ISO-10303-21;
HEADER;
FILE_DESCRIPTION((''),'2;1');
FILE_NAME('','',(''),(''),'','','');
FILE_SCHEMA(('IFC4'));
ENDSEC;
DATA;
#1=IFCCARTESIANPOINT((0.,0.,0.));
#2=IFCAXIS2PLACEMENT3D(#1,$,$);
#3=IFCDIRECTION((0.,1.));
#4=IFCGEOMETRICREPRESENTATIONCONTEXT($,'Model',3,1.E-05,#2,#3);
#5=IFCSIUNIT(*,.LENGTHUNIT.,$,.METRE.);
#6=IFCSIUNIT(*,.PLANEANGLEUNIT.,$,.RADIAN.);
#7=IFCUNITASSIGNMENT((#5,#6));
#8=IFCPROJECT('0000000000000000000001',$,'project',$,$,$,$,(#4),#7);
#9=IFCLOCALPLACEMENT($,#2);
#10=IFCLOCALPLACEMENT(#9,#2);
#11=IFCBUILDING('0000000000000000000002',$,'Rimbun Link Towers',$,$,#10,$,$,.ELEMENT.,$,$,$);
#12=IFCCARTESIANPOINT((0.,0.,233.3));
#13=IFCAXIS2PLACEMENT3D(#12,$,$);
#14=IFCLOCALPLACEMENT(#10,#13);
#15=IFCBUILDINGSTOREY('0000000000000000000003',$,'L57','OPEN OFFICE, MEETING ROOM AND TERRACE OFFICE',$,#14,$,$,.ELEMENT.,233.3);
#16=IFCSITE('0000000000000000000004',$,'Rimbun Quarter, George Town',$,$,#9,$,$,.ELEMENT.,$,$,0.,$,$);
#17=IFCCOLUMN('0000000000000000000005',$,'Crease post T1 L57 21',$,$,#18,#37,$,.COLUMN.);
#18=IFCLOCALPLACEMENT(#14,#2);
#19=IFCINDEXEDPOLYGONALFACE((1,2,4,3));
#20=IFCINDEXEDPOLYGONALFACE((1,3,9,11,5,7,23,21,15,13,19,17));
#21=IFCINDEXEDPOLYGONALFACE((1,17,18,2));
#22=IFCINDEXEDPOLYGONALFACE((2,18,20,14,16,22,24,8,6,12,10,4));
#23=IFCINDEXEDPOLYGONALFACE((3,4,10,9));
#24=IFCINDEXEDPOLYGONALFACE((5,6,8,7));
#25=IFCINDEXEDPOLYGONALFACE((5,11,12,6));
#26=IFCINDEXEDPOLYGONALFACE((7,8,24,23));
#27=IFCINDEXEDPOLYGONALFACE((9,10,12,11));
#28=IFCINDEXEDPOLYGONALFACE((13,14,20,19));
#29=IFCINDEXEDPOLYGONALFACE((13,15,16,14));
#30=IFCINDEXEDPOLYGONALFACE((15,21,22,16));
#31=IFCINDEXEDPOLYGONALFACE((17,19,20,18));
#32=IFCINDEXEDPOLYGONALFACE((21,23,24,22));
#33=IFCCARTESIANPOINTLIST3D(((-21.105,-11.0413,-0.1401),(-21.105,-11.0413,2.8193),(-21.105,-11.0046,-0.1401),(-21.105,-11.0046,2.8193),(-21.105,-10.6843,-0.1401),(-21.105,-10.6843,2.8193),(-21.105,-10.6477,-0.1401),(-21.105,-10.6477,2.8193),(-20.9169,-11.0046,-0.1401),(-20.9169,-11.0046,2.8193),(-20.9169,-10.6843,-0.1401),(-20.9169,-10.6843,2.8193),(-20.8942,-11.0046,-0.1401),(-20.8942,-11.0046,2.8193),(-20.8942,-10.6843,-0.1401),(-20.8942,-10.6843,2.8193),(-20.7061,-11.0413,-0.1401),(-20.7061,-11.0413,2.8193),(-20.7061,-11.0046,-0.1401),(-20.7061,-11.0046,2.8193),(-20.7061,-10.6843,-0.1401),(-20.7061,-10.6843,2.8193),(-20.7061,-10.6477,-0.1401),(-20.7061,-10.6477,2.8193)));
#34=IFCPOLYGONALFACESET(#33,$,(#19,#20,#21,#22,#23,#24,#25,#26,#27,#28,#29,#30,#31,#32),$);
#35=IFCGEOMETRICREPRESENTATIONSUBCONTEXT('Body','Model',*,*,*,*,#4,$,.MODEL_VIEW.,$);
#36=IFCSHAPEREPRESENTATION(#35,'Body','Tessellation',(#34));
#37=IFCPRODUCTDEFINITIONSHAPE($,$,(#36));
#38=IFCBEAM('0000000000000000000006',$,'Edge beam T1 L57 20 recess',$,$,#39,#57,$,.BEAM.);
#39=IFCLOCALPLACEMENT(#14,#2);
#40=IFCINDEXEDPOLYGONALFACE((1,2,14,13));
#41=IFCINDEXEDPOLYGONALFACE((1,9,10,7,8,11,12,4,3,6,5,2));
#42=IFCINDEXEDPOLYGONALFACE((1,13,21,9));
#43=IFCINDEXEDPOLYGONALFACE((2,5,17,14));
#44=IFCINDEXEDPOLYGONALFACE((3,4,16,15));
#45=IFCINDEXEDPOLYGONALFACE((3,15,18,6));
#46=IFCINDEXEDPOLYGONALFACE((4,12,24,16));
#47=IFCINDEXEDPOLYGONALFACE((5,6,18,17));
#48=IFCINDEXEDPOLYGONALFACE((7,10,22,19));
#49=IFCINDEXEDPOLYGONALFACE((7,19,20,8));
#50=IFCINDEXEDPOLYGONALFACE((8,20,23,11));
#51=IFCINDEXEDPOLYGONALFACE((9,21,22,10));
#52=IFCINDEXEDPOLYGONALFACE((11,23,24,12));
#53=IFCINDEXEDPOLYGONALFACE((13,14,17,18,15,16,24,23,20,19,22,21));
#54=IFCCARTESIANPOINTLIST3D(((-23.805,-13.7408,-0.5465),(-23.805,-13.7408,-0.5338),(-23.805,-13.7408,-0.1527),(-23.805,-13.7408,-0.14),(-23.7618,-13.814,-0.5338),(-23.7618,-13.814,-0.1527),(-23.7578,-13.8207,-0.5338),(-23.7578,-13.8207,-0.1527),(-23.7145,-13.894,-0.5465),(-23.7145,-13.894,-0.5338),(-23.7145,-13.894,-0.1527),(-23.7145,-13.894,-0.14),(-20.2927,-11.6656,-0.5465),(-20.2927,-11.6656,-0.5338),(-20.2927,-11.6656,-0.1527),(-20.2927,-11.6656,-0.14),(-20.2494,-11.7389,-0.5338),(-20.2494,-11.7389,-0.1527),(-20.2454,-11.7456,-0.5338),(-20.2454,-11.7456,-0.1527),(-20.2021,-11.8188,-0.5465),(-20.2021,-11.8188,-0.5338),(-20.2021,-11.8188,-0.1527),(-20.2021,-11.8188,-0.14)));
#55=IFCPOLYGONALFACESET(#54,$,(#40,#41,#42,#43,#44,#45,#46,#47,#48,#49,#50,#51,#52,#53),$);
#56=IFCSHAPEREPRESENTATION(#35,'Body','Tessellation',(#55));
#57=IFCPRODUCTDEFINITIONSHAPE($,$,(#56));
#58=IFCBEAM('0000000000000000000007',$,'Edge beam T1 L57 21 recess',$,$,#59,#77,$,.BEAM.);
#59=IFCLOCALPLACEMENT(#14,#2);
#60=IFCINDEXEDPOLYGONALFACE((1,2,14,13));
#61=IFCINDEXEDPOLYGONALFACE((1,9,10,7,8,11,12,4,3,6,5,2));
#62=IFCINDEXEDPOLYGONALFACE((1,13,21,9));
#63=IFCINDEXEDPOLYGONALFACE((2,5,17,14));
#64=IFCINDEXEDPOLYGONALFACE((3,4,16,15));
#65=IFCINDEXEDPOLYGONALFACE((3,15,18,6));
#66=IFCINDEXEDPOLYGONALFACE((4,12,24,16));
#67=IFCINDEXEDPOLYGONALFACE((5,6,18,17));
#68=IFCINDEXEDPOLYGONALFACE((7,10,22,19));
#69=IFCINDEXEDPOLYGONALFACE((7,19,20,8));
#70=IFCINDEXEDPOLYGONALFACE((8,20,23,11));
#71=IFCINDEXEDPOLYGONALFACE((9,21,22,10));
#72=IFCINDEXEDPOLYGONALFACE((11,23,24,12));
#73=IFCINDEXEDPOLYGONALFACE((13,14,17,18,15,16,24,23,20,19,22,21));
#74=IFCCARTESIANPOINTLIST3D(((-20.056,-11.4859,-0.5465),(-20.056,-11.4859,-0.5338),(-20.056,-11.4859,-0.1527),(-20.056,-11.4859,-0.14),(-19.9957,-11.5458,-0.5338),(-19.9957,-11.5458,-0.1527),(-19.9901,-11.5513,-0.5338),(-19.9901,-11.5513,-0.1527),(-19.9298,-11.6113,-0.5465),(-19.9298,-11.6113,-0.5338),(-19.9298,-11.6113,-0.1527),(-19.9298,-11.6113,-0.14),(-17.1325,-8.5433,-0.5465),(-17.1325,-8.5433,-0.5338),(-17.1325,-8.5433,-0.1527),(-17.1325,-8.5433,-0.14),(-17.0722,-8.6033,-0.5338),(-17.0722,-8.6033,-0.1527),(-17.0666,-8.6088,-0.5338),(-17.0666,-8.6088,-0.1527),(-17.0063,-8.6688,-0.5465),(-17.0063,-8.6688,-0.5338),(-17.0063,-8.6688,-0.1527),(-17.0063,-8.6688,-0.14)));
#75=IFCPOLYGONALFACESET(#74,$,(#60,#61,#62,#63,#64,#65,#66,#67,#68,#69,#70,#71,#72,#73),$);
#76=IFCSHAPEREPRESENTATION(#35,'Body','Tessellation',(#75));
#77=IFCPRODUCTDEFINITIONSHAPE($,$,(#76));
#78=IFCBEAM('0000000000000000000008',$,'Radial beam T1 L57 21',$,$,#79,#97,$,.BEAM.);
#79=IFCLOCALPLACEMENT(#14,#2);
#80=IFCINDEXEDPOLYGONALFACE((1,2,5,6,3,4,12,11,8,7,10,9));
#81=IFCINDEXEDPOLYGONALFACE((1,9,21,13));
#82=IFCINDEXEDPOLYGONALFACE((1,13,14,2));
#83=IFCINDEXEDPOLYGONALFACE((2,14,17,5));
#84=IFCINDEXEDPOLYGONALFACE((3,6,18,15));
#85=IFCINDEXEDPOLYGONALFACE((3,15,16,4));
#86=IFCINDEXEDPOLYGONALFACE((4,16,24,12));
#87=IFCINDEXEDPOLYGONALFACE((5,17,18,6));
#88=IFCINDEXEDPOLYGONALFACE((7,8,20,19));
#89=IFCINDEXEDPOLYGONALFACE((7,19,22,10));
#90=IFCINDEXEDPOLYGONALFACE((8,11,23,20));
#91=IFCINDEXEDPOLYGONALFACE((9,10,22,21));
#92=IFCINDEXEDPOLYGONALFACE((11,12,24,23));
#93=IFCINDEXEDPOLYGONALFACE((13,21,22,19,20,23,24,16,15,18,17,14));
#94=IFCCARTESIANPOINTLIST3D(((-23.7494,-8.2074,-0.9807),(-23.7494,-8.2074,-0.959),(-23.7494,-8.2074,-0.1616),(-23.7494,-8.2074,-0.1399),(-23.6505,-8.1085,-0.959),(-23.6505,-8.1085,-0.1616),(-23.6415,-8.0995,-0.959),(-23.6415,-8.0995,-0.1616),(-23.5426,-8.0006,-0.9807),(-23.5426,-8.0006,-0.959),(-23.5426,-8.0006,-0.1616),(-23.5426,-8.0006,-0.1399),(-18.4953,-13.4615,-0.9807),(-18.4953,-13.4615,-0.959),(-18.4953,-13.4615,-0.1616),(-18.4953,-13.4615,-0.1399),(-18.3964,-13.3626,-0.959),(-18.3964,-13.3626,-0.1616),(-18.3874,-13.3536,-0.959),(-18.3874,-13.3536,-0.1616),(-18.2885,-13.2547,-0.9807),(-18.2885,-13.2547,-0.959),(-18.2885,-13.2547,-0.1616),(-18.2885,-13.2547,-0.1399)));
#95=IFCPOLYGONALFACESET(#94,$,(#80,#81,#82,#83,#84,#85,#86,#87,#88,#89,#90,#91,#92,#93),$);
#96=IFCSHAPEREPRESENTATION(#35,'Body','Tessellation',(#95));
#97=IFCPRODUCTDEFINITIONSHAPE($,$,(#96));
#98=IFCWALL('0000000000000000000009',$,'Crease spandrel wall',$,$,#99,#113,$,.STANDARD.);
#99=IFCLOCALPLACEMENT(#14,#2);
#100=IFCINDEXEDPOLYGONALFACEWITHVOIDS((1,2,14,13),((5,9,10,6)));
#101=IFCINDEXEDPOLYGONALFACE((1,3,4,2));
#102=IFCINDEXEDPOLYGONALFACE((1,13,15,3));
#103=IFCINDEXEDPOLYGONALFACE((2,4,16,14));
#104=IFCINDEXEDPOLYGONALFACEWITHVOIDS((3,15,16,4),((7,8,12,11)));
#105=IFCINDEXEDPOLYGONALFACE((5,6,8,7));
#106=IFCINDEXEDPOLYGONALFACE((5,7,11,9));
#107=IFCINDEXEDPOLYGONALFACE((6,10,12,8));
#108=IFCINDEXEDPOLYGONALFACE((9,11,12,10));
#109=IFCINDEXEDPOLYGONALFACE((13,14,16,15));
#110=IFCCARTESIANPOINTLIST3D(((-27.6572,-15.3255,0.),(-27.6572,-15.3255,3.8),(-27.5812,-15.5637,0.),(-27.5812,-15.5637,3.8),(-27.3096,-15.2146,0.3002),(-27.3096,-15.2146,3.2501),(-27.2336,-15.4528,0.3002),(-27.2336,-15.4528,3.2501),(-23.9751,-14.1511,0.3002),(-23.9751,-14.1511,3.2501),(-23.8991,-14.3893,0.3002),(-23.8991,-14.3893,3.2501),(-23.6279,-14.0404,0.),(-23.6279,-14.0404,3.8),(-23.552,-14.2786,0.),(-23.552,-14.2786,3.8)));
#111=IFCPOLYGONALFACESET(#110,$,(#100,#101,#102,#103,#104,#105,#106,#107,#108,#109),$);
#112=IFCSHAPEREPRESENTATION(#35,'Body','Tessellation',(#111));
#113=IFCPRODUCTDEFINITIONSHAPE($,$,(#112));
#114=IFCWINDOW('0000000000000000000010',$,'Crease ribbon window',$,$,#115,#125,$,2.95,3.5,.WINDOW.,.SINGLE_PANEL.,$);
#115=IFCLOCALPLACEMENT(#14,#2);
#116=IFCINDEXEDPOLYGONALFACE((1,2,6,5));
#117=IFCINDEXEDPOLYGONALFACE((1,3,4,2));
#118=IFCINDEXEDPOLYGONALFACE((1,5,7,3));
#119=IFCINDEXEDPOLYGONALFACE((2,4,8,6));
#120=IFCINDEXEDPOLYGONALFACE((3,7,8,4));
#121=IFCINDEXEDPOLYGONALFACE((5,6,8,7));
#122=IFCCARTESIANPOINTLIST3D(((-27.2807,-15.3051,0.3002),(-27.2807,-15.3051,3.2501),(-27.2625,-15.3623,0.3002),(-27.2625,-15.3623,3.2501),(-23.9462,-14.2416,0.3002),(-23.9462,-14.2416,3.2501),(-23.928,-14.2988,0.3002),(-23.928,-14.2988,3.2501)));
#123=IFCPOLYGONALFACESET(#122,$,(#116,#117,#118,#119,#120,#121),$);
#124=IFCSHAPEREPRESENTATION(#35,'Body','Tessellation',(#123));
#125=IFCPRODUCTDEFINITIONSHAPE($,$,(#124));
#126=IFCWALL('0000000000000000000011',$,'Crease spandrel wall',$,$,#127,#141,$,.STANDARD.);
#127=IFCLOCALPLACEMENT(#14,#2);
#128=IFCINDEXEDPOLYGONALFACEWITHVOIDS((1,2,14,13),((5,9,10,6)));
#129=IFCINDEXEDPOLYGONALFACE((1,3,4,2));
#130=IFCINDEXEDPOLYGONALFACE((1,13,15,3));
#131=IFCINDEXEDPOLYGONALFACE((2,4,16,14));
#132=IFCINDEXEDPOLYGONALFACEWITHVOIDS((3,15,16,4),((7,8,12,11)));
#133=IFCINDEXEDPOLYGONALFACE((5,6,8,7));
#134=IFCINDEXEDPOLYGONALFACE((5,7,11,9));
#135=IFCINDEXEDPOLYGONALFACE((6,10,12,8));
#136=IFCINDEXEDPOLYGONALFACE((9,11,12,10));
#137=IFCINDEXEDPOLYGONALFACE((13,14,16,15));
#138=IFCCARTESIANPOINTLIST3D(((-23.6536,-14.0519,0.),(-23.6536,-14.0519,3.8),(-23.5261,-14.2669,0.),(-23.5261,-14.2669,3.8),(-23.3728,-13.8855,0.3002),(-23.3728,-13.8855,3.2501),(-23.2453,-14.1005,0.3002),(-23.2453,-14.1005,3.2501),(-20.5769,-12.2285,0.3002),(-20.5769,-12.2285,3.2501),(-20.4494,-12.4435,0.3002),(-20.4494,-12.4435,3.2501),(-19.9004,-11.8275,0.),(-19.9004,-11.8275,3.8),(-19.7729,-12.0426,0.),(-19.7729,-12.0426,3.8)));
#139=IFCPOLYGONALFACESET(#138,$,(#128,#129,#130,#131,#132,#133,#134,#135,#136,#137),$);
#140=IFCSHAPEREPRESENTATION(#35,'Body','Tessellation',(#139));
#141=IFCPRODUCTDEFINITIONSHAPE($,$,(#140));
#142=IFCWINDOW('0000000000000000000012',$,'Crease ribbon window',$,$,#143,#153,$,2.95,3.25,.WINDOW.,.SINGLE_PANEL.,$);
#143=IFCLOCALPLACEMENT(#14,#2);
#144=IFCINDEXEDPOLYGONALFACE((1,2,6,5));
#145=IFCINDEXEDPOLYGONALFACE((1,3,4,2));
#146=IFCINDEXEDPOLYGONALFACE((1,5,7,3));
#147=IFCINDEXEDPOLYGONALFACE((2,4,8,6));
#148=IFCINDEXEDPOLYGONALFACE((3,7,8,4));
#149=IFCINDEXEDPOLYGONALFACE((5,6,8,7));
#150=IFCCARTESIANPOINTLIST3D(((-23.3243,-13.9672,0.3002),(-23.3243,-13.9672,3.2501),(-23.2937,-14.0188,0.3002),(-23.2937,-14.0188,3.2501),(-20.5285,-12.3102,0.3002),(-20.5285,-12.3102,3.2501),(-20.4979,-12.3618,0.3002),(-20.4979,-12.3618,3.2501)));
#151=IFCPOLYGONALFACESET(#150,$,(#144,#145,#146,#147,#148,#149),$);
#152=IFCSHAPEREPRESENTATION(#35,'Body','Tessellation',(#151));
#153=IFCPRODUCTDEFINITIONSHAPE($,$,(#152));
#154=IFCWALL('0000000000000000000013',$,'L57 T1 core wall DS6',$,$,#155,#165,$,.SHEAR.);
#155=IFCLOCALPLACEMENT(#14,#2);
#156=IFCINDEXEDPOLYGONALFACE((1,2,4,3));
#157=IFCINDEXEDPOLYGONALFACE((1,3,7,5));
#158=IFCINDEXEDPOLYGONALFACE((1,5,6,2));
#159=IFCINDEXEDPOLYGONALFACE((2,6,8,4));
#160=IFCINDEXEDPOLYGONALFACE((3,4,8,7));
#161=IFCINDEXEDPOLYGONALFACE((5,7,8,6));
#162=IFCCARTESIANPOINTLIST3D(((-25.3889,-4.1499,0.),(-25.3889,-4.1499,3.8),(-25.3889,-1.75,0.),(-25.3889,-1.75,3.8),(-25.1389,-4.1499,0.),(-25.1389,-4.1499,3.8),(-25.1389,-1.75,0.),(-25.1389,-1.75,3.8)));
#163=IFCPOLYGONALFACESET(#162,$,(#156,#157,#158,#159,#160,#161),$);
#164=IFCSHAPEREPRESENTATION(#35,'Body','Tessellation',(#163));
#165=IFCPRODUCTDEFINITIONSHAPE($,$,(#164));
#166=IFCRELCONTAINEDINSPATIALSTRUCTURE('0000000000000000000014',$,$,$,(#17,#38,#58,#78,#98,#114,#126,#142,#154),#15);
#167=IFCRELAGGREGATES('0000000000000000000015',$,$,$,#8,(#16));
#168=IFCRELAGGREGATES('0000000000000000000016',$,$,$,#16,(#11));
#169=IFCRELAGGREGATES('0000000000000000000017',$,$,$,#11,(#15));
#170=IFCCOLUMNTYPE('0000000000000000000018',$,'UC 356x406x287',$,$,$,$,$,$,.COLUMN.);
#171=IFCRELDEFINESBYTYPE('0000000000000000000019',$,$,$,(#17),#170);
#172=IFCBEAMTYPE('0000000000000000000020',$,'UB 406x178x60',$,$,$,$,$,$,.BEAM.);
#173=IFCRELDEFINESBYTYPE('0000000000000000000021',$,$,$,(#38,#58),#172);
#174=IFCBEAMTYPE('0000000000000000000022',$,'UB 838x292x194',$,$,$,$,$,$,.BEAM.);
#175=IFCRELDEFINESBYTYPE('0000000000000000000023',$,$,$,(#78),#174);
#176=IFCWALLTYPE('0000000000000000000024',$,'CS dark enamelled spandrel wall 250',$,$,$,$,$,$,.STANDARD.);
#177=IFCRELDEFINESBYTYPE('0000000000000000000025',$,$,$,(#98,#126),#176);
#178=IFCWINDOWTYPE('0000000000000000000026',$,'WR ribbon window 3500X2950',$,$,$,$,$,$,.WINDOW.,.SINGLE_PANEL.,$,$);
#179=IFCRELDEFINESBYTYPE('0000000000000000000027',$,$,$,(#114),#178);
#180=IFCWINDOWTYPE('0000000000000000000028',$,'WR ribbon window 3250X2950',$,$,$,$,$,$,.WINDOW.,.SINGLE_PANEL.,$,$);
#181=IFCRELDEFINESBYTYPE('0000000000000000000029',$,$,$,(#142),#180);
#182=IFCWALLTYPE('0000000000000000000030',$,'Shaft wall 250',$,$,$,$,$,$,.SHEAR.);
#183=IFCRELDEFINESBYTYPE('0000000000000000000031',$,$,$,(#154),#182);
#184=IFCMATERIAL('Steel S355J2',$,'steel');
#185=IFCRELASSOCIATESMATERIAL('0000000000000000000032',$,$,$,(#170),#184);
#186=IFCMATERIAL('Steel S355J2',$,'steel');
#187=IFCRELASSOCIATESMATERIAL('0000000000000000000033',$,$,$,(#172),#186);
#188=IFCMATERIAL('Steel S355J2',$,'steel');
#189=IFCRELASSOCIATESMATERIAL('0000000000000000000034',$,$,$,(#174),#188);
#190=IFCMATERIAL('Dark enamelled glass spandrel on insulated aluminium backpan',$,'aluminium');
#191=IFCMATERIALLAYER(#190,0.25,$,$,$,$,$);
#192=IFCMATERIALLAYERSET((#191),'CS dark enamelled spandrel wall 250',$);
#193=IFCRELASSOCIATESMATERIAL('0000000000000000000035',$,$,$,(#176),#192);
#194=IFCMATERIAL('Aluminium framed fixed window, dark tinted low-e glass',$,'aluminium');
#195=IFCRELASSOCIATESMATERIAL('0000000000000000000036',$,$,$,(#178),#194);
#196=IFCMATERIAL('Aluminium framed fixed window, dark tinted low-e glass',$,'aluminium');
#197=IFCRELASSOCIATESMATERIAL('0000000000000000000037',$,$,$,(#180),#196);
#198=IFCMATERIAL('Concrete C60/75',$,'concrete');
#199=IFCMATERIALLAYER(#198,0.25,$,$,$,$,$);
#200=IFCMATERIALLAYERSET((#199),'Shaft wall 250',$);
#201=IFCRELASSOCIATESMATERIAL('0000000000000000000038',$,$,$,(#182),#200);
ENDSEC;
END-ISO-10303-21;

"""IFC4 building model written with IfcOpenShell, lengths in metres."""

from ifc_helpers import new_model, si_unit, direction, frame, frame_2d, origin, origin_2d, place, context, subcontext, project, spatial, rectangle, i_section, extrude, material, layer, layer_set, material_profile, profile_set, type_object, element, fill, save


model = new_model("IFC4")

# Units and contexts
model_context = context("Model", 3, precision=1e-05, world=origin(), true_north=direction((0.0, 1.0)))
body_context = subcontext(model_context, "Body", "Model", "MODEL_VIEW")
ifc_project = project(units=[si_unit("LENGTHUNIT", "METRE"), si_unit("PLANEANGLEUNIT", "RADIAN")], contexts=[model_context])

# Site, building, storey
site_placement = place(None, origin())
site = spatial("IfcSite", under=ifc_project, at=site_placement, Name="Rimbun Quarter, George Town", CompositionType="ELEMENT", RefElevation=0.0)
building_placement = place(site_placement, origin())
building = spatial("IfcBuilding", under=site, at=building_placement, Name="Rimbun Link Towers", CompositionType="ELEMENT")
storey_placement = place(building_placement, frame((0.0, 0.0, 233.3)))
storey = spatial("IfcBuildingStorey", under=building, at=storey_placement, Name="L57", Description="OPEN OFFICE, MEETING ROOM AND TERRACE OFFICE", CompositionType="ELEMENT", Elevation=233.3)

# Column
ifc_material_1 = material(Name="Steel S355J2", Category="steel")
ifc_material_profile_1 = material_profile(ifc_material_1, i_section(OverallWidth=0.3989, OverallDepth=0.3936, WebThickness=0.0227, FlangeThickness=0.0366, at=origin_2d()), Name="UC 356x406x287")
ifc_profile_set_1 = profile_set([ifc_material_profile_1], Name="Steel S355J2")
column_type = type_object("IfcColumnType", Name="UC 356x406x287", PredefinedType="COLUMN", material=ifc_profile_set_1)
column_placement = place(storey_placement, frame((-20.9055, -10.8445, -0.1401), z_axis=(0.0, 0.0, 1.0), x_axis=(1.0, 0.0, 0.0)))
element("IfcColumn", 1, at=column_placement, inside=storey, type_object=column_type, Name="Crease post T1 L57 21", PredefinedType="COLUMN", context=body_context, shape_type="SweptSolid", body=[
    extrude(i_section(OverallWidth=0.3989, OverallDepth=0.3936, WebThickness=0.0227, FlangeThickness=0.0366, at=origin_2d()), origin(), (0.0, 0.0, 1.0), 2.9595),
])

# Beams
ifc_material_2 = material(Name="Steel S355J2", Category="steel")
ifc_material_profile_2 = material_profile(ifc_material_2, i_section(OverallWidth=0.178, OverallDepth=0.4065, WebThickness=0.0078, FlangeThickness=0.0127, at=origin_2d()), Name="UB 406x178x60")
ifc_profile_set_2 = profile_set([ifc_material_profile_2], Name="Steel S355J2")
beam_type_1 = type_object("IfcBeamType", Name="UB 406x178x60", PredefinedType="BEAM", material=ifc_profile_set_2)
beam_1_placement = place(storey_placement, frame((-23.7598, -13.8174, -0.3433), z_axis=(0.860963, 0.508667, 0.0), x_axis=(-0.508667, 0.860963, 0.0)))
element("IfcBeam", 2, at=beam_1_placement, inside=storey, type_object=beam_type_1, Name="Edge beam T1 L57 20 recess", PredefinedType="BEAM", context=body_context, shape_type="SweptSolid", body=[
    extrude(i_section(OverallWidth=0.178, OverallDepth=0.4065, WebThickness=0.0078, FlangeThickness=0.0127, at=origin_2d()), origin(), (0.0, 0.0, 1.0), 4.0796),
])
beam_2_placement = place(storey_placement, frame((-19.9929, -11.5486, -0.3433), z_axis=(0.704808, 0.709398, 0.0), x_axis=(-0.709398, 0.704808, 0.0)))
element("IfcBeam", 3, at=beam_2_placement, inside=storey, type_object=beam_type_1, Name="Edge beam T1 L57 21 recess", PredefinedType="BEAM", context=body_context, shape_type="SweptSolid", body=[
    extrude(i_section(OverallWidth=0.178, OverallDepth=0.4065, WebThickness=0.0078, FlangeThickness=0.0127, at=origin_2d()), origin(), (0.0, 0.0, 1.0), 4.1479),
])
ifc_material_3 = material(Name="Steel S355J2", Category="steel")
ifc_material_profile_3 = material_profile(ifc_material_3, i_section(OverallWidth=0.2925, OverallDepth=0.8408, WebThickness=0.0127, FlangeThickness=0.0217, at=origin_2d()), Name="UB 838x292x194")
ifc_profile_set_3 = profile_set([ifc_material_profile_3], Name="Steel S355J2")
beam_type_2 = type_object("IfcBeamType", Name="UB 838x292x194", PredefinedType="BEAM", material=ifc_profile_set_3)
beam_3_placement = place(storey_placement, frame((-23.646, -8.104, -0.5603), z_axis=(0.707107, -0.707107, 0.0), x_axis=(0.707107, 0.707107, 0.0)))
element("IfcBeam", 4, at=beam_3_placement, inside=storey, type_object=beam_type_2, Name="Radial beam T1 L57 21", PredefinedType="BEAM", context=body_context, shape_type="SweptSolid", body=[
    extrude(i_section(OverallWidth=0.2925, OverallDepth=0.8408, WebThickness=0.0127, FlangeThickness=0.0217, at=origin_2d()), origin(), (0.0, 0.0, 1.0), 7.4304),
])

# Walls, openings, windows
ifc_material_4 = material(Name="Dark enamelled glass spandrel on insulated aluminium backpan", Category="aluminium")
ifc_layer_1 = layer(ifc_material_4, 0.25)
ifc_layer_set_1 = layer_set([ifc_layer_1], Name="CS dark enamelled spandrel wall 250")
wall_type_1 = type_object("IfcWallType", Name="CS dark enamelled spandrel wall 250", PredefinedType="STANDARD", material=ifc_layer_set_1)
wall_1_placement = place(storey_placement, frame((-23.5898, -14.1594, 0.0), z_axis=(0.0, 0.0, 1.0), x_axis=(-0.952713, -0.303871, 0.0)))
wall_1 = element("IfcWall", 5, at=wall_1_placement, inside=storey, type_object=wall_type_1, Name="Crease spandrel wall", PredefinedType="STANDARD", context=body_context, shape_type="SweptSolid", body=[
    extrude(rectangle(XDim=4.2292, YDim=0.25, at=frame_2d((2.1147, 0.0))), origin(), (0.0, 0.0, 1.0), 3.8),
])
opening_1_placement = place(wall_1_placement, frame((0.3645, 0.0, 0.3)))
opening_1 = element("IfcOpeningElement", 6, at=opening_1_placement, cuts=wall_1, PredefinedType="OPENING", context=body_context, shape_type="SweptSolid", body=[
    extrude(rectangle(XDim=3.5, YDim=2.95, at=frame_2d((1.75, 1.4751))), frame((0.0, 0.135, 0.0), z_axis=(0.0, -1.0, 0.0), x_axis=(1.0, 0.0, 0.0)), (0.0, 0.0, 1.0), 0.27),
])
ifc_material_5 = material(Name="Aluminium framed fixed window, dark tinted low-e glass", Category="aluminium")
window_type_1 = type_object("IfcWindowType", Name="WR ribbon window 3500X2950", PartitioningType="SINGLE_PANEL", PredefinedType="WINDOW", material=ifc_material_5)
window_1_placement = place(opening_1_placement, origin())
window_1 = element("IfcWindow", 7, at=window_1_placement, inside=storey, type_object=window_type_1, Name="Crease ribbon window", OverallHeight=2.95, OverallWidth=3.5, PartitioningType="SINGLE_PANEL", PredefinedType="WINDOW", context=body_context, shape_type="SweptSolid", body=[
    extrude(rectangle(XDim=3.5, YDim=2.95, at=frame_2d((1.75, 1.4751))), frame((0.0, 0.03, 0.0), z_axis=(0.0, -1.0, 0.0), x_axis=(1.0, 0.0, 0.0)), (0.0, 0.0, 1.0), 0.0601),
])
fill(opening_1, window_1)
wall_2_placement = place(storey_placement, frame((-19.8367, -11.9351, 0.0), z_axis=(0.0, 0.0, 1.0), x_axis=(-0.860265, -0.509847, 0.0)))
wall_2 = element("IfcWall", 8, at=wall_2_placement, inside=storey, type_object=wall_type_1, Name="Crease spandrel wall", PredefinedType="STANDARD", context=body_context, shape_type="SweptSolid", body=[
    extrude(rectangle(XDim=4.3628, YDim=0.25, at=frame_2d((2.1814, 0.0))), origin(), (0.0, 0.0, 1.0), 3.8),
])
opening_2_placement = place(wall_2_placement, frame((0.7864, 0.0, 0.3)))
opening_2 = element("IfcOpeningElement", 9, at=opening_2_placement, cuts=wall_2, PredefinedType="OPENING", context=body_context, shape_type="SweptSolid", body=[
    extrude(rectangle(XDim=3.25, YDim=2.95, at=frame_2d((1.625, 1.4751))), frame((0.0, 0.135, 0.0), z_axis=(0.0, -1.0, 0.0), x_axis=(1.0, 0.0, 0.0)), (0.0, 0.0, 1.0), 0.27),
])
ifc_material_6 = material(Name="Aluminium framed fixed window, dark tinted low-e glass", Category="aluminium")
window_type_2 = type_object("IfcWindowType", Name="WR ribbon window 3250X2950", PartitioningType="SINGLE_PANEL", PredefinedType="WINDOW", material=ifc_material_6)
window_2_placement = place(opening_2_placement, origin())
window_2 = element("IfcWindow", 10, at=window_2_placement, inside=storey, type_object=window_type_2, Name="Crease ribbon window", OverallHeight=2.95, OverallWidth=3.25, PartitioningType="SINGLE_PANEL", PredefinedType="WINDOW", context=body_context, shape_type="SweptSolid", body=[
    extrude(rectangle(XDim=3.25, YDim=2.95, at=frame_2d((1.625, 1.4751))), frame((0.0, 0.03, 0.0), z_axis=(0.0, -1.0, 0.0), x_axis=(1.0, 0.0, 0.0)), (0.0, 0.0, 1.0), 0.0601),
])
fill(opening_2, window_2)

# Wall
ifc_material_7 = material(Name="Concrete C60/75", Category="concrete")
ifc_layer_2 = layer(ifc_material_7, 0.25)
ifc_layer_set_2 = layer_set([ifc_layer_2], Name="Shaft wall 250")
wall_type_2 = type_object("IfcWallType", Name="Shaft wall 250", PredefinedType="SHEAR", material=ifc_layer_set_2)
for number, where, z_axis, x_axis, name in (
    (11, (-25.2639, -4.1499, 0.0), (0.0, 0.0, 1.0), (0.0, 1.0, 0.0), "L57 T1 core wall DS6"),
):
    element("IfcWall", number, at=place(storey_placement, frame(where, z_axis=z_axis, x_axis=x_axis)), inside=storey, type_object=wall_type_2, Name=name, PredefinedType="SHEAR", context=body_context, shape_type="SweptSolid", body=[
        extrude(rectangle(XDim=2.3999, YDim=0.25, at=frame_2d((1.2, 0.0))), origin(), (0.0, 0.0, 1.0), 3.8),
    ])

save(model, "model.ifc")
